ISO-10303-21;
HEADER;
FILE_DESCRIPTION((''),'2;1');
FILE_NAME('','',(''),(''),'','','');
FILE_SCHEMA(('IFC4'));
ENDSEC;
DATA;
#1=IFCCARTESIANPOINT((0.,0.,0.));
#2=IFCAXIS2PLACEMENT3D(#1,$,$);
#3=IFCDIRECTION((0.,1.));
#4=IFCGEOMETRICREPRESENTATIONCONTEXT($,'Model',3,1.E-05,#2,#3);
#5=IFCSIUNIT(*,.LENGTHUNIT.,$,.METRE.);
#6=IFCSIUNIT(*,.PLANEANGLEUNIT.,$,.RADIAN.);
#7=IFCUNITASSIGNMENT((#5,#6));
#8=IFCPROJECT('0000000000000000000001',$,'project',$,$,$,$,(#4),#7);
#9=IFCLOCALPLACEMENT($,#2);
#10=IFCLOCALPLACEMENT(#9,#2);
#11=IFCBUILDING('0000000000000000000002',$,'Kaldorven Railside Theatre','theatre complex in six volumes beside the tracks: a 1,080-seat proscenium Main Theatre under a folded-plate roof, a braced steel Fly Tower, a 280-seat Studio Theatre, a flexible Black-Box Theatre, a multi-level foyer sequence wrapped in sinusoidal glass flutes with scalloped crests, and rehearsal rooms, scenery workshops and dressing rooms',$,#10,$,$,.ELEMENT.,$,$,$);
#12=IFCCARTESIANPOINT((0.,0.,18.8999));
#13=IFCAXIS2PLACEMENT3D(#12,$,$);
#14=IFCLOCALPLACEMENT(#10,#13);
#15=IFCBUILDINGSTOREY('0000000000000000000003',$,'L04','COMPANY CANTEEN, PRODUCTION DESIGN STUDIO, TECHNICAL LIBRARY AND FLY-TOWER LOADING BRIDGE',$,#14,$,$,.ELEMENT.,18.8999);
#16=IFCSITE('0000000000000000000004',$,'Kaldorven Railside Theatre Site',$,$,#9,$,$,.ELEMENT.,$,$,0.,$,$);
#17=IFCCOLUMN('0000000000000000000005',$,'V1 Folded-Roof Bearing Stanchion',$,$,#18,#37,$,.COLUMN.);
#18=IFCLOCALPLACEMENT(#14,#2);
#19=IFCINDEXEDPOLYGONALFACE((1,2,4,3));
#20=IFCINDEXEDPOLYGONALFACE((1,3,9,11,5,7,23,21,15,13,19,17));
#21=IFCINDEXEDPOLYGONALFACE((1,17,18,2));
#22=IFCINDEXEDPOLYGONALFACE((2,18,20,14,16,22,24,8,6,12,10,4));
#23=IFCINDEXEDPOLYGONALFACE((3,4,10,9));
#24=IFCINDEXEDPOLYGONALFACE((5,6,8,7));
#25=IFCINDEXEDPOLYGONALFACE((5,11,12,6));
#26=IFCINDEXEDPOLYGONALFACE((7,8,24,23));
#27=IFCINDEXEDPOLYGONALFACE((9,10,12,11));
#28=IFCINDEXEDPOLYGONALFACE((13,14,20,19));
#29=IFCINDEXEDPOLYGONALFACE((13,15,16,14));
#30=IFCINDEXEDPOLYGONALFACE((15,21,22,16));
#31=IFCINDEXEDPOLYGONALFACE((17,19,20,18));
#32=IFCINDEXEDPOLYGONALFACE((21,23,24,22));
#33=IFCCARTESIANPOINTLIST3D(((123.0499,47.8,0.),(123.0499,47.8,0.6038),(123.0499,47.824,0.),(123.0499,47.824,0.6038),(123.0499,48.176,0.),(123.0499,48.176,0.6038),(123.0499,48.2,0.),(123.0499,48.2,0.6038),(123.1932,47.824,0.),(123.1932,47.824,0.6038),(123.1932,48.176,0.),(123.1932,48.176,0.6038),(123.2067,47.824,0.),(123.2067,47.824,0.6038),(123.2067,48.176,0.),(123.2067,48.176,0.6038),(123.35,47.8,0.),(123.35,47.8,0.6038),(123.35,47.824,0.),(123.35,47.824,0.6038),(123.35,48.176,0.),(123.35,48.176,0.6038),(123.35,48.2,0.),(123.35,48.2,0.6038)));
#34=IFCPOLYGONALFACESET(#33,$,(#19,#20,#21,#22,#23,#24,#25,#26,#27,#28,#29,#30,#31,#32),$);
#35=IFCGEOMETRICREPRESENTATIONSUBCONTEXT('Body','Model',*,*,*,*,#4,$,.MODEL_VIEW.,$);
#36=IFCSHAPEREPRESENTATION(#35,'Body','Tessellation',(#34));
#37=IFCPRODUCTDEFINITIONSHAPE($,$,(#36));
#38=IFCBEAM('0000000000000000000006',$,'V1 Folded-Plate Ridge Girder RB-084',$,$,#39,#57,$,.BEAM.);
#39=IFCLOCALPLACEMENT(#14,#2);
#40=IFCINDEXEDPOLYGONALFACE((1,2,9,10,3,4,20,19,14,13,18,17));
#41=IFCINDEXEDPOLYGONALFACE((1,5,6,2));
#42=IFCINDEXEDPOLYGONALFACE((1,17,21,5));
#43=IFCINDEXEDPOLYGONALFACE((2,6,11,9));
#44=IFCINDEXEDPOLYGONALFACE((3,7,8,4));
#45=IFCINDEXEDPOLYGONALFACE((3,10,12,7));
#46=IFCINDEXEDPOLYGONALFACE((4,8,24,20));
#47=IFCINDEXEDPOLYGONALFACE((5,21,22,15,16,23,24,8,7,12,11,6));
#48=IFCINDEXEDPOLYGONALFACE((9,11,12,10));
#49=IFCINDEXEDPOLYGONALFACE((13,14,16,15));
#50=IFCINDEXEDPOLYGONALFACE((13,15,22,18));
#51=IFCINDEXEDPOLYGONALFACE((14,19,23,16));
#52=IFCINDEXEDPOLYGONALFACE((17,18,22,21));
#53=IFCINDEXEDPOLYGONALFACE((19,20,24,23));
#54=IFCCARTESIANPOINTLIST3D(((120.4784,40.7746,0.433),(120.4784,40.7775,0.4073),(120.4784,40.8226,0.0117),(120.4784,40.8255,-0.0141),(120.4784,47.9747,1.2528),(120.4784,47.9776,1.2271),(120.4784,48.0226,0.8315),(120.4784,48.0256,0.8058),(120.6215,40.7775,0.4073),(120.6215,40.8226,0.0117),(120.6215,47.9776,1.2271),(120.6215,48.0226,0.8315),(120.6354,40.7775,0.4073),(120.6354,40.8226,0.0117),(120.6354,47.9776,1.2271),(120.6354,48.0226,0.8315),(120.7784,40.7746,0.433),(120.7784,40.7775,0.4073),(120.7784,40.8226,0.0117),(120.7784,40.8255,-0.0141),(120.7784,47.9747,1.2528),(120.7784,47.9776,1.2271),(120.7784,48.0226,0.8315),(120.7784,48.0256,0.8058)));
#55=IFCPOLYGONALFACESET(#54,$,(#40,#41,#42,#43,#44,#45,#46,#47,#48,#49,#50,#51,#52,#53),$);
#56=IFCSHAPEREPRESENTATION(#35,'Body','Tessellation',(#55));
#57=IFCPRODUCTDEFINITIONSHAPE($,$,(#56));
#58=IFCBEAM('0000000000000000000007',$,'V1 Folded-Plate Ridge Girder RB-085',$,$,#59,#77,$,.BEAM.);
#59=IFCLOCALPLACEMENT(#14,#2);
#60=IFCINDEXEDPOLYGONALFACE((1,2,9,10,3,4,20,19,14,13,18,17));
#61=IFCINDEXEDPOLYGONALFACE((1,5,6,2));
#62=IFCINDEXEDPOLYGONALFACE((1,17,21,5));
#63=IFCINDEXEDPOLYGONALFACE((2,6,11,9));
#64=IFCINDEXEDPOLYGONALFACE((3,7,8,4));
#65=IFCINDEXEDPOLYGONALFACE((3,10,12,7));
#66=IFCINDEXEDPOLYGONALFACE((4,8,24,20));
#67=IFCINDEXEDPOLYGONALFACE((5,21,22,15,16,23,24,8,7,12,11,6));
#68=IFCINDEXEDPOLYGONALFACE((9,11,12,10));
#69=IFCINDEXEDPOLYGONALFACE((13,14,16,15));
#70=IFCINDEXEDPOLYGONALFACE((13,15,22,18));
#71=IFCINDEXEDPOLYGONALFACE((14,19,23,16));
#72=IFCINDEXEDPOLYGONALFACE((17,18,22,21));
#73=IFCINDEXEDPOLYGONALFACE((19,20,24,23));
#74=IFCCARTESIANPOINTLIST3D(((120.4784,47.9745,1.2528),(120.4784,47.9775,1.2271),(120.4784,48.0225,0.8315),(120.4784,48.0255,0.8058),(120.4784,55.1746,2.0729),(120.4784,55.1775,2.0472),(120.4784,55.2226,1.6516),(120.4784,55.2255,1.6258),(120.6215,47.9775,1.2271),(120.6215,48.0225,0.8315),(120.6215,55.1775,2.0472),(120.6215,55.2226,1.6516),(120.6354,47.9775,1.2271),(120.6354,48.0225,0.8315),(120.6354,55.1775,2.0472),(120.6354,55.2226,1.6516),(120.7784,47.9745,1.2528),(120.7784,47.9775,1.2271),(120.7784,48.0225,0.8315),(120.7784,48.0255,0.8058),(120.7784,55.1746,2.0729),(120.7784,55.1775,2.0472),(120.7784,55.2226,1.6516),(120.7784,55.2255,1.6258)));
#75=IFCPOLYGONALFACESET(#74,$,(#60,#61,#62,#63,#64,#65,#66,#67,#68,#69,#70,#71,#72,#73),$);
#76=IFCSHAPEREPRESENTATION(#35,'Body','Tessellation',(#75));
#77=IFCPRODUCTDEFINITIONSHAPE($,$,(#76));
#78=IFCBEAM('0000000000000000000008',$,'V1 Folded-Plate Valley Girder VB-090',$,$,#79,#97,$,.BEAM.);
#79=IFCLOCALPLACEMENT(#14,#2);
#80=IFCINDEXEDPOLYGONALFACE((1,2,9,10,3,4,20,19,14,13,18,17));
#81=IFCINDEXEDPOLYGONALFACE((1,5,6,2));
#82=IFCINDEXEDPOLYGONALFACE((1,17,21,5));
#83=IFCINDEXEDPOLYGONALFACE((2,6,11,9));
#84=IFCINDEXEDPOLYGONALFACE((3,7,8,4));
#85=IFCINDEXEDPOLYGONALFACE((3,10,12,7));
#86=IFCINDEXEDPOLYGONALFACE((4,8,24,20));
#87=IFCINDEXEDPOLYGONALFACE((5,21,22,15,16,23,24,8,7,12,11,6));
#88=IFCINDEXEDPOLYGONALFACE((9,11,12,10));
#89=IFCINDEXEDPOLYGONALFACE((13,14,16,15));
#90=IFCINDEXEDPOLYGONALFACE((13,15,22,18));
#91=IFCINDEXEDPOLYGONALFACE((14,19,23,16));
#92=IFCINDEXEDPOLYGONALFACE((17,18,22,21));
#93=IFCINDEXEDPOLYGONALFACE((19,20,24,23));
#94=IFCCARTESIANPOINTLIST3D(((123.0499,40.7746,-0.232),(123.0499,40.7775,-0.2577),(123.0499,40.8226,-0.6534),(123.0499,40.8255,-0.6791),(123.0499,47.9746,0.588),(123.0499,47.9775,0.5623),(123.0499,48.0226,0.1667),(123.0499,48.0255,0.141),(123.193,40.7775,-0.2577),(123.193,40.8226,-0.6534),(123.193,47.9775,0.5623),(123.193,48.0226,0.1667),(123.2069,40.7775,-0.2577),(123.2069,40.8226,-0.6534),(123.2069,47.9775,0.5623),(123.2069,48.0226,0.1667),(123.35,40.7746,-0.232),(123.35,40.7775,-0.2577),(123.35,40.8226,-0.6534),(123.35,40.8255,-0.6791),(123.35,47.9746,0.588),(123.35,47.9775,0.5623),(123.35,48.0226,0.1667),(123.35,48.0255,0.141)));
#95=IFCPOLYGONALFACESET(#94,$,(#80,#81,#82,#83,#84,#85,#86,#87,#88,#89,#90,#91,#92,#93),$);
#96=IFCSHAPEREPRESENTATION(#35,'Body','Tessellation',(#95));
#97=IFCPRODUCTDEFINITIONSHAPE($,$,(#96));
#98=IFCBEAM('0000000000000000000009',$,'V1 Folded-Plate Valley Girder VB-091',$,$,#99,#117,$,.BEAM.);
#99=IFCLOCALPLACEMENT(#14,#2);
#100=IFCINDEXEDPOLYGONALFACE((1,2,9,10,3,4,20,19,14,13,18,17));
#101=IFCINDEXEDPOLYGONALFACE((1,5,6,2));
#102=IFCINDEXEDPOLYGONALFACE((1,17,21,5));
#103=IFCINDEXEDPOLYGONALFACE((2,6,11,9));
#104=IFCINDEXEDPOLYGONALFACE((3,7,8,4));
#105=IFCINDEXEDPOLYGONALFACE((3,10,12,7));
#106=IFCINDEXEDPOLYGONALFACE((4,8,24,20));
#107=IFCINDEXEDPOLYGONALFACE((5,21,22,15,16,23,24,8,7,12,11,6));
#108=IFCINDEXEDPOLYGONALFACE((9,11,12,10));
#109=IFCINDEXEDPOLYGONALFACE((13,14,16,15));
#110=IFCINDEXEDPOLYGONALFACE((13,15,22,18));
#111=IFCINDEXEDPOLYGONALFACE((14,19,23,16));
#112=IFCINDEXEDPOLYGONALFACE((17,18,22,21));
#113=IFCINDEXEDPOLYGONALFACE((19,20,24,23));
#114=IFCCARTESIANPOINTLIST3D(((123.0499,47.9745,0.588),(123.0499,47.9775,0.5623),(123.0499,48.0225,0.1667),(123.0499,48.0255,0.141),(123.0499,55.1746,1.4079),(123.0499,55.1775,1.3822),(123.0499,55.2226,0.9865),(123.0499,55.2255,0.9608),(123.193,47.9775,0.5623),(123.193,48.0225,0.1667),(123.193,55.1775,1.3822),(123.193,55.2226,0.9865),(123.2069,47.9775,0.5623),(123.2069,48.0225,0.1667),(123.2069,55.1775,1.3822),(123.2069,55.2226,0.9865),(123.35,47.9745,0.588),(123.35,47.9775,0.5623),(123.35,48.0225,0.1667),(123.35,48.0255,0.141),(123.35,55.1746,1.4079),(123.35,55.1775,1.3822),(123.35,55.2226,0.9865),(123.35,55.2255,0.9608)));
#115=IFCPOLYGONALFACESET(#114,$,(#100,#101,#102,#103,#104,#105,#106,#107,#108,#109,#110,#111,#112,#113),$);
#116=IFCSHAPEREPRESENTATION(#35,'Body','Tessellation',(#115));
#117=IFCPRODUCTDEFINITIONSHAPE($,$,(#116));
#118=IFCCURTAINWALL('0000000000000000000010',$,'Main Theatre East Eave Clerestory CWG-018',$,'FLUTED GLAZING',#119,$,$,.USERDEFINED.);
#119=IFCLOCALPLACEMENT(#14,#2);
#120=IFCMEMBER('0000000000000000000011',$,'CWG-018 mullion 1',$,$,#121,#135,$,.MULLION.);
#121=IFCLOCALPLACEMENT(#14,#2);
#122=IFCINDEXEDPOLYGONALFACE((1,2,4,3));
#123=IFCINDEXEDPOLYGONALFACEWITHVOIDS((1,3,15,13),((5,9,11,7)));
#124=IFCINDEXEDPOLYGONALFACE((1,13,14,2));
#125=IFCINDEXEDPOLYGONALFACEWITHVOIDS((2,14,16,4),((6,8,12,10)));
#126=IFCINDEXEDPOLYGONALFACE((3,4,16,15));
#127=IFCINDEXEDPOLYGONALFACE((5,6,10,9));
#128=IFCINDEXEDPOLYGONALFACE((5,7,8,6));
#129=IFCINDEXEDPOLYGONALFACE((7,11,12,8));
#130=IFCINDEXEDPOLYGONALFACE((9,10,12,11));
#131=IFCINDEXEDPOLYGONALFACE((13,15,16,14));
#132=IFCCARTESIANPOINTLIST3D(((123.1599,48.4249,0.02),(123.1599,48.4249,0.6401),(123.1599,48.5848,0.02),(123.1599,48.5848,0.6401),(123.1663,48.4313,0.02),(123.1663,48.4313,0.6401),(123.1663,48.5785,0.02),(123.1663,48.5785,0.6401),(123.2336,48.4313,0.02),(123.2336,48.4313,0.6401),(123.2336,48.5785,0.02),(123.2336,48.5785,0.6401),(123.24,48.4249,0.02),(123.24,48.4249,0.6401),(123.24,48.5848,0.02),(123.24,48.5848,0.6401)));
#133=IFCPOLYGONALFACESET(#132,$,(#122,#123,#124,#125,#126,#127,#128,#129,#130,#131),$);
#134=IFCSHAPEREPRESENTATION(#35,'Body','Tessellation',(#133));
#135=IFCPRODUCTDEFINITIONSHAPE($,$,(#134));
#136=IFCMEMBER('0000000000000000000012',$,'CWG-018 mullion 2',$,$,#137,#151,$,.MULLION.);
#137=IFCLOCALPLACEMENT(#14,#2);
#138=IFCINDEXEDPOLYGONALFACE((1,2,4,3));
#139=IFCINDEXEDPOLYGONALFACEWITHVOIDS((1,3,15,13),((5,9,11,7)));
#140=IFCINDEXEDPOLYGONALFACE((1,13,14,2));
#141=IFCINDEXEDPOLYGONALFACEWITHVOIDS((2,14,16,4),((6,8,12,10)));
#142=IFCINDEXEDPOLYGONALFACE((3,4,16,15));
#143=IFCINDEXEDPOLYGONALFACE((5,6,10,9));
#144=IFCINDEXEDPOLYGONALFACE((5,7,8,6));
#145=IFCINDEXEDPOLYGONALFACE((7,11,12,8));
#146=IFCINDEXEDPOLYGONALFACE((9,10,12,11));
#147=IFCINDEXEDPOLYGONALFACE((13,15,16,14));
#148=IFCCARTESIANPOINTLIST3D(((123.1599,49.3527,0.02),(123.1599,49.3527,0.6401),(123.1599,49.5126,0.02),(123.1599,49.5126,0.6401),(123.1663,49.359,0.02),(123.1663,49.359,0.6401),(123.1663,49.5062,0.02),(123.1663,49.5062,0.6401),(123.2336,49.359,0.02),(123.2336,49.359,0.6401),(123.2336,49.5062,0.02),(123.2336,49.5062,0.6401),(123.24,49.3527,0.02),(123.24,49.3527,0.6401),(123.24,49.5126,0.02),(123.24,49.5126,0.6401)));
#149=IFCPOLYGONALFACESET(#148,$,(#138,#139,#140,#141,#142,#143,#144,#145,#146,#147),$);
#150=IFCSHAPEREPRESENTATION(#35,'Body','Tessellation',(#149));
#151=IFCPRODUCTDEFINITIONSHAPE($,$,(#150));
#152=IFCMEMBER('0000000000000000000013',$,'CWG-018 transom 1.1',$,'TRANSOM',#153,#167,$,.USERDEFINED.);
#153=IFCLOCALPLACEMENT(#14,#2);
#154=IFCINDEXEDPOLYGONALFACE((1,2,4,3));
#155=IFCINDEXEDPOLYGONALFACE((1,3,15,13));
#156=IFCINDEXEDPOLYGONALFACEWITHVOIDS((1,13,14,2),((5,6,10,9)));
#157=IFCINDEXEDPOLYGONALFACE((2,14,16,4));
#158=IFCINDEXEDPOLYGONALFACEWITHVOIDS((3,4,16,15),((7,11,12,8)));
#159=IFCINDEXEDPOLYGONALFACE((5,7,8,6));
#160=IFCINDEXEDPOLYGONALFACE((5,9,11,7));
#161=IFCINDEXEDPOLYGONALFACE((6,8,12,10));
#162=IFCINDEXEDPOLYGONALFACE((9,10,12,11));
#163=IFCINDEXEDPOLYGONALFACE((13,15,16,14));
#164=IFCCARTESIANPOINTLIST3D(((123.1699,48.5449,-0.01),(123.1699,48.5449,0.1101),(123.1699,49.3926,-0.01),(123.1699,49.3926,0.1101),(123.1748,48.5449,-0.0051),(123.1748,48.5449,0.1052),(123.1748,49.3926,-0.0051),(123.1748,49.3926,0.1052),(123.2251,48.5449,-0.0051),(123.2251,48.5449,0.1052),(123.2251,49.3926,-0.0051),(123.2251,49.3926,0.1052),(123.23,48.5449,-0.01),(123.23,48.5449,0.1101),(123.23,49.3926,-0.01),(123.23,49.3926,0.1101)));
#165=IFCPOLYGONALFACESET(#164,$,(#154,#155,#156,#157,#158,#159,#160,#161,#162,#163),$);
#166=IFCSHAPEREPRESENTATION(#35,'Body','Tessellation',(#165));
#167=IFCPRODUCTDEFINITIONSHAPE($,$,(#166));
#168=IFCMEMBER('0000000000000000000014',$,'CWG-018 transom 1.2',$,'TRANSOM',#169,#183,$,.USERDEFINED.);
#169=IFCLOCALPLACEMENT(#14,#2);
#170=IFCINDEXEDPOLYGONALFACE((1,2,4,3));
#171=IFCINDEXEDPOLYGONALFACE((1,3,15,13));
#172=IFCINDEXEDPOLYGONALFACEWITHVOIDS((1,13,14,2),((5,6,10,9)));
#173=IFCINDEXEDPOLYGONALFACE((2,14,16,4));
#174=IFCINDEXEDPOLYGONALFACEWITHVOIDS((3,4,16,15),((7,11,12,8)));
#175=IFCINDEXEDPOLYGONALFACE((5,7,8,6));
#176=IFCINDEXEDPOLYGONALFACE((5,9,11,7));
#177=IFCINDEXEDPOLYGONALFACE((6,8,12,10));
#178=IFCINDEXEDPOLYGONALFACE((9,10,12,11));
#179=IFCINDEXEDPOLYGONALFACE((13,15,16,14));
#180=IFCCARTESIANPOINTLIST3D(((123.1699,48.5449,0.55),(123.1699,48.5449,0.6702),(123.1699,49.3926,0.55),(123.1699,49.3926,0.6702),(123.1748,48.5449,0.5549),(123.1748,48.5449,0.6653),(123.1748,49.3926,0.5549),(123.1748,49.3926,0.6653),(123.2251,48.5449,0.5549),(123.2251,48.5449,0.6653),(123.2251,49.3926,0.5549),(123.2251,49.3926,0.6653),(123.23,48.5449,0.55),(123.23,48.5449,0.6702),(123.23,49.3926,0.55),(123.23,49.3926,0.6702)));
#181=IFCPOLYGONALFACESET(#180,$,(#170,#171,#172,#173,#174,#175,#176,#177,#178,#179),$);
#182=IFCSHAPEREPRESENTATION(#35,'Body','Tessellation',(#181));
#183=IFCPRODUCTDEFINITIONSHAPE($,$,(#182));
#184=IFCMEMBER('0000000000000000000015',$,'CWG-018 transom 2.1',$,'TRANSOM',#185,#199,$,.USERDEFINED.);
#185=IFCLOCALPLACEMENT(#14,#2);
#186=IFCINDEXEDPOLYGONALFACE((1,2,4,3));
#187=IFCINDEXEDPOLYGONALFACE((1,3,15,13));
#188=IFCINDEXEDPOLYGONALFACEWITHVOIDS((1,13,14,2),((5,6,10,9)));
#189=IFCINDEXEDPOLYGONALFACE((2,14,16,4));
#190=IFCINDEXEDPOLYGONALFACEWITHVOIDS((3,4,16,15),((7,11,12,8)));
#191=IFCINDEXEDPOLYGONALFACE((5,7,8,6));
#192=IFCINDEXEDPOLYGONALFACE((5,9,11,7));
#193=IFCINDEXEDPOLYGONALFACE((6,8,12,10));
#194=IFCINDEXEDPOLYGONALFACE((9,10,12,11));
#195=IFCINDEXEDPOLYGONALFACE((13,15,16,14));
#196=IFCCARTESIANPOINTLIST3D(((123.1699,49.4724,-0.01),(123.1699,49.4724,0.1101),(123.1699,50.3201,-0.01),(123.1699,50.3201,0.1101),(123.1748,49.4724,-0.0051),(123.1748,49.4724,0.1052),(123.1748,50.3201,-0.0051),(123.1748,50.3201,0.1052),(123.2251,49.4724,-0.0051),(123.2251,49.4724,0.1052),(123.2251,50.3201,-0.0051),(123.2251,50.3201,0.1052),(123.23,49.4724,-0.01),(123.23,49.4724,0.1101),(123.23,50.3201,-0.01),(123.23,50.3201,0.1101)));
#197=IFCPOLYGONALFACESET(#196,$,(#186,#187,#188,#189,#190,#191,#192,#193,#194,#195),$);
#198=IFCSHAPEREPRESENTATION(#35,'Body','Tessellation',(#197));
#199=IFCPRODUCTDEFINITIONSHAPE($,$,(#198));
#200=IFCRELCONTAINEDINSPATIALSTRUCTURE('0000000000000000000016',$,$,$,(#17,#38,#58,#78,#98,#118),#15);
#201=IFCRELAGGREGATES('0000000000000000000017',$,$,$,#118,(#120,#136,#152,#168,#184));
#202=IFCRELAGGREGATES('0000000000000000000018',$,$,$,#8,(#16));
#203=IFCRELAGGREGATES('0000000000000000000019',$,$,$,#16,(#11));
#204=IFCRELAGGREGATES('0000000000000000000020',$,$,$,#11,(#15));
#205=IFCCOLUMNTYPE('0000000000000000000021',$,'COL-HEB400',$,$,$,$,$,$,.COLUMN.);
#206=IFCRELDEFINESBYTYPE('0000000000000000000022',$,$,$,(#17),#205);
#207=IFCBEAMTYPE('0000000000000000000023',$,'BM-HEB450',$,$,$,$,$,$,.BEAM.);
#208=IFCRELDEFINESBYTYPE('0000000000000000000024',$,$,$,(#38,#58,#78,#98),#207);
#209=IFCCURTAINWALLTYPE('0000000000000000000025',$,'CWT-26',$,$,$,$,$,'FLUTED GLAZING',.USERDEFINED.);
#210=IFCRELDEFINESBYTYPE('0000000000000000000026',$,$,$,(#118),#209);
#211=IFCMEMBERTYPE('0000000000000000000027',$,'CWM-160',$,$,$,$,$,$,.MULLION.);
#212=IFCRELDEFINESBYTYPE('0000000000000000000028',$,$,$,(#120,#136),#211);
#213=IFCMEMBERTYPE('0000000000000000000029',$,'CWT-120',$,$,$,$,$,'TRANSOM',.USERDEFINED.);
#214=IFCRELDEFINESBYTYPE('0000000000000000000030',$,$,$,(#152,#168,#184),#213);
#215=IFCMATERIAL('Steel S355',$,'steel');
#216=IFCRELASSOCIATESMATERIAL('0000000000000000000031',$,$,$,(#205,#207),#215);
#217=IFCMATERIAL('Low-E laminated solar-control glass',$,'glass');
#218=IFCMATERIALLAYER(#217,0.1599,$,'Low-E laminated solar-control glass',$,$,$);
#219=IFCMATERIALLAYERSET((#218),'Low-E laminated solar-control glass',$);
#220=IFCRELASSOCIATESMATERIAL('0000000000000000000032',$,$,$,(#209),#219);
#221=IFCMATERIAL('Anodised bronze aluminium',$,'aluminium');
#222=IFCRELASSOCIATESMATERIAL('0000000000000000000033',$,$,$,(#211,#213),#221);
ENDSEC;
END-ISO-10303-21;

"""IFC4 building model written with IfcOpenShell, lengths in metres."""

from ifc_helpers import new_model, si_unit, direction, frame, origin, origin_2d, place, context, subcontext, project, spatial, hollow_rectangle, i_section, extrude, material, layer, layer_set, material_profile, profile_set, type_object, element, aggregate, save


model = new_model("IFC4")

# Units and contexts
model_context = context("Model", 3, precision=1e-05, world=origin(), true_north=direction((0.0, 1.0)))
body_context = subcontext(model_context, "Body", "Model", "MODEL_VIEW")
ifc_project = project(units=[si_unit("LENGTHUNIT", "METRE"), si_unit("PLANEANGLEUNIT", "RADIAN")], contexts=[model_context])

# Site, building, storey
site_placement = place(None, origin())
site = spatial("IfcSite", under=ifc_project, at=site_placement, Name="Kaldorven Railside Theatre Site", CompositionType="ELEMENT", RefElevation=0.0)
building_placement = place(site_placement, origin())
building = spatial("IfcBuilding", under=site, at=building_placement, Name="Kaldorven Railside Theatre", Description="theatre complex in six volumes beside the tracks: a 1,080-seat proscenium Main Theatre under a folded-plate roof, a braced steel Fly Tower, a 280-seat Studio Theatre, a flexible Black-Box Theatre, a multi-level foyer sequence wrapped in sinusoidal glass flutes with scalloped crests, and rehearsal rooms, scenery workshops and dressing rooms", CompositionType="ELEMENT")
storey_placement = place(building_placement, frame((0.0, 0.0, 18.8999)))
storey = spatial("IfcBuildingStorey", under=building, at=storey_placement, Name="L04", Description="COMPANY CANTEEN, PRODUCTION DESIGN STUDIO, TECHNICAL LIBRARY AND FLY-TOWER LOADING BRIDGE", CompositionType="ELEMENT", Elevation=18.8999)

# Column
ifc_material_1 = material(Name="Steel S355", Category="steel")
ifc_material_profile_1 = material_profile(ifc_material_1, i_section(OverallWidth=0.3, OverallDepth=0.3999, WebThickness=0.0134, FlangeThickness=0.0239, at=origin_2d()), Name="HEB 400")
ifc_profile_set_1 = profile_set([ifc_material_profile_1], Name="Steel S355")
column_type = type_object("IfcColumnType", Name="COL-HEB400", PredefinedType="COLUMN", material=ifc_profile_set_1)
column_placement = place(storey_placement, frame((123.2, 48.0, 0.0), z_axis=(0.0, 0.0, 1.0), x_axis=(1.0, 0.0, 0.0)))
element("IfcColumn", 1, at=column_placement, inside=storey, type_object=column_type, Name="V1 Folded-Roof Bearing Stanchion", PredefinedType="COLUMN", context=body_context, shape_type="SweptSolid", body=[
    extrude(i_section(OverallWidth=0.3, OverallDepth=0.3999, WebThickness=0.0134, FlangeThickness=0.0239, at=origin_2d()), origin(), (0.0, 0.0, 1.0), 0.6038),
])

# Beams
ifc_material_profile_2 = material_profile(ifc_material_1, i_section(OverallWidth=0.3, OverallDepth=0.45, WebThickness=0.0139, FlangeThickness=0.0259, at=origin_2d()), Name="HEB 450")
ifc_profile_set_2 = profile_set([ifc_material_profile_2], Name="Steel S355")
beam_type = type_object("IfcBeamType", Name="BM-HEB450", PredefinedType="BEAM", material=ifc_profile_set_2)
for number, where, z_axis, x_axis, name in (
    (2, (120.6284, 40.8, 0.2095), (0.0, 0.99358, 0.113134), (-1.0, 0.0, 0.0), "V1 Folded-Plate Ridge Girder RB-084"),
    (3, (120.6284, 48.0, 1.0293), (0.0, 0.993576, 0.113167), (-1.0, 0.0, 0.0), "V1 Folded-Plate Ridge Girder RB-085"),
    (4, (123.2, 40.8, -0.4556), (0.0, 0.993576, 0.113167), (-1.0, 0.0, 0.0), "V1 Folded-Plate Valley Girder VB-090"),
    (5, (123.2, 48.0, 0.3645), (0.0, 0.99358, 0.113134), (-1.0, 0.0, 0.0), "V1 Folded-Plate Valley Girder VB-091"),
):
    element("IfcBeam", number, at=place(storey_placement, frame(where, z_axis=z_axis, x_axis=x_axis)), inside=storey, type_object=beam_type, Name=name, PredefinedType="BEAM", context=body_context, shape_type="SweptSolid", body=[
        extrude(i_section(OverallWidth=0.3, OverallDepth=0.45, WebThickness=0.0139, FlangeThickness=0.0259, at=origin_2d()), origin(), (0.0, 0.0, 1.0), 7.2466),
    ])

# Curtain wall, members
ifc_material_2 = material(Name="Low-E laminated solar-control glass", Category="glass")
ifc_layer_1 = layer(ifc_material_2, 0.1599, Name="Low-E laminated solar-control glass")
ifc_layer_set_1 = layer_set([ifc_layer_1], Name="Low-E laminated solar-control glass")
curtain_wall_type = type_object("IfcCurtainWallType", Name="CWT-26", ElementType="FLUTED GLAZING", PredefinedType="USERDEFINED", material=ifc_layer_set_1)
curtain_wall_placement = place(storey_placement, origin())
curtain_wall = element("IfcCurtainWall", 6, at=curtain_wall_placement, inside=storey, type_object=curtain_wall_type, Name="Main Theatre East Eave Clerestory CWG-018", ObjectType="FLUTED GLAZING", PredefinedType="USERDEFINED")
ifc_material_3 = material(Name="Anodised bronze aluminium", Category="aluminium")
ifc_material_profile_3 = material_profile(ifc_material_3, hollow_rectangle(XDim=0.0801, YDim=0.1599, WallThickness=0.0063, at=origin_2d()), Name="RHS 160x80x6.3")
ifc_profile_set_3 = profile_set([ifc_material_profile_3], Name="Anodised bronze aluminium")
member_type_1 = type_object("IfcMemberType", Name="CWM-160", PredefinedType="MULLION", material=ifc_profile_set_3)
member_1_placement = place(storey_placement, frame((123.2, 48.5049, 0.02), z_axis=(0.0, 0.0, 1.0), x_axis=(-1.0, 0.0, 0.0)))
member_1 = element("IfcMember", 7, at=member_1_placement, type_object=member_type_1, Name="CWG-018 mullion 1", PredefinedType="MULLION", context=body_context, shape_type="SweptSolid", body=[
    extrude(hollow_rectangle(XDim=0.0801, YDim=0.1599, WallThickness=0.0063, at=origin_2d()), origin(), (0.0, 0.0, 1.0), 0.6201),
])
member_2_placement = place(storey_placement, frame((123.2, 49.4326, 0.02), z_axis=(0.0, 0.0, 1.0), x_axis=(-1.0, 0.0, 0.0)))
member_2 = element("IfcMember", 8, at=member_2_placement, type_object=member_type_1, Name="CWG-018 mullion 2", PredefinedType="MULLION", context=body_context, shape_type="SweptSolid", body=[
    extrude(hollow_rectangle(XDim=0.0801, YDim=0.1599, WallThickness=0.0063, at=origin_2d()), origin(), (0.0, 0.0, 1.0), 0.6201),
])
ifc_material_profile_4 = material_profile(ifc_material_3, hollow_rectangle(XDim=0.0601, YDim=0.1201, WallThickness=0.0049, at=origin_2d()), Name="RHS 120x60x5")
ifc_profile_set_4 = profile_set([ifc_material_profile_4], Name="Anodised bronze aluminium")
member_type_2 = type_object("IfcMemberType", Name="CWT-120", ElementType="TRANSOM", PredefinedType="USERDEFINED", material=ifc_profile_set_4)
member_3_placement = place(storey_placement, frame((123.2, 48.5449, 0.05), z_axis=(0.0, 1.0, 0.0), x_axis=(-1.0, 0.0, 0.0)))
member_3 = element("IfcMember", 9, at=member_3_placement, type_object=member_type_2, Name="CWG-018 transom 1.1", ObjectType="TRANSOM", PredefinedType="USERDEFINED", context=body_context, shape_type="SweptSolid", body=[
    extrude(hollow_rectangle(XDim=0.0601, YDim=0.1201, WallThickness=0.0049, at=origin_2d()), origin(), (0.0, 0.0, 1.0), 0.8477),
])
member_4_placement = place(storey_placement, frame((123.2, 48.5449, 0.6101), z_axis=(0.0, 1.0, 0.0), x_axis=(-1.0, 0.0, 0.0)))
member_4 = element("IfcMember", 10, at=member_4_placement, type_object=member_type_2, Name="CWG-018 transom 1.2", ObjectType="TRANSOM", PredefinedType="USERDEFINED", context=body_context, shape_type="SweptSolid", body=[
    extrude(hollow_rectangle(XDim=0.0601, YDim=0.1201, WallThickness=0.0049, at=origin_2d()), origin(), (0.0, 0.0, 1.0), 0.8477),
])
member_5_placement = place(storey_placement, frame((123.2, 49.4724, 0.05), z_axis=(0.0, 1.0, 0.0), x_axis=(-1.0, 0.0, 0.0)))
member_5 = element("IfcMember", 11, at=member_5_placement, type_object=member_type_2, Name="CWG-018 transom 2.1", ObjectType="TRANSOM", PredefinedType="USERDEFINED", context=body_context, shape_type="SweptSolid", body=[
    extrude(hollow_rectangle(XDim=0.0601, YDim=0.1201, WallThickness=0.0049, at=origin_2d()), origin(), (0.0, 0.0, 1.0), 0.8477),
])

aggregate(curtain_wall, [member_1, member_2, member_3, member_4, member_5])

save(model, "model.ifc")
